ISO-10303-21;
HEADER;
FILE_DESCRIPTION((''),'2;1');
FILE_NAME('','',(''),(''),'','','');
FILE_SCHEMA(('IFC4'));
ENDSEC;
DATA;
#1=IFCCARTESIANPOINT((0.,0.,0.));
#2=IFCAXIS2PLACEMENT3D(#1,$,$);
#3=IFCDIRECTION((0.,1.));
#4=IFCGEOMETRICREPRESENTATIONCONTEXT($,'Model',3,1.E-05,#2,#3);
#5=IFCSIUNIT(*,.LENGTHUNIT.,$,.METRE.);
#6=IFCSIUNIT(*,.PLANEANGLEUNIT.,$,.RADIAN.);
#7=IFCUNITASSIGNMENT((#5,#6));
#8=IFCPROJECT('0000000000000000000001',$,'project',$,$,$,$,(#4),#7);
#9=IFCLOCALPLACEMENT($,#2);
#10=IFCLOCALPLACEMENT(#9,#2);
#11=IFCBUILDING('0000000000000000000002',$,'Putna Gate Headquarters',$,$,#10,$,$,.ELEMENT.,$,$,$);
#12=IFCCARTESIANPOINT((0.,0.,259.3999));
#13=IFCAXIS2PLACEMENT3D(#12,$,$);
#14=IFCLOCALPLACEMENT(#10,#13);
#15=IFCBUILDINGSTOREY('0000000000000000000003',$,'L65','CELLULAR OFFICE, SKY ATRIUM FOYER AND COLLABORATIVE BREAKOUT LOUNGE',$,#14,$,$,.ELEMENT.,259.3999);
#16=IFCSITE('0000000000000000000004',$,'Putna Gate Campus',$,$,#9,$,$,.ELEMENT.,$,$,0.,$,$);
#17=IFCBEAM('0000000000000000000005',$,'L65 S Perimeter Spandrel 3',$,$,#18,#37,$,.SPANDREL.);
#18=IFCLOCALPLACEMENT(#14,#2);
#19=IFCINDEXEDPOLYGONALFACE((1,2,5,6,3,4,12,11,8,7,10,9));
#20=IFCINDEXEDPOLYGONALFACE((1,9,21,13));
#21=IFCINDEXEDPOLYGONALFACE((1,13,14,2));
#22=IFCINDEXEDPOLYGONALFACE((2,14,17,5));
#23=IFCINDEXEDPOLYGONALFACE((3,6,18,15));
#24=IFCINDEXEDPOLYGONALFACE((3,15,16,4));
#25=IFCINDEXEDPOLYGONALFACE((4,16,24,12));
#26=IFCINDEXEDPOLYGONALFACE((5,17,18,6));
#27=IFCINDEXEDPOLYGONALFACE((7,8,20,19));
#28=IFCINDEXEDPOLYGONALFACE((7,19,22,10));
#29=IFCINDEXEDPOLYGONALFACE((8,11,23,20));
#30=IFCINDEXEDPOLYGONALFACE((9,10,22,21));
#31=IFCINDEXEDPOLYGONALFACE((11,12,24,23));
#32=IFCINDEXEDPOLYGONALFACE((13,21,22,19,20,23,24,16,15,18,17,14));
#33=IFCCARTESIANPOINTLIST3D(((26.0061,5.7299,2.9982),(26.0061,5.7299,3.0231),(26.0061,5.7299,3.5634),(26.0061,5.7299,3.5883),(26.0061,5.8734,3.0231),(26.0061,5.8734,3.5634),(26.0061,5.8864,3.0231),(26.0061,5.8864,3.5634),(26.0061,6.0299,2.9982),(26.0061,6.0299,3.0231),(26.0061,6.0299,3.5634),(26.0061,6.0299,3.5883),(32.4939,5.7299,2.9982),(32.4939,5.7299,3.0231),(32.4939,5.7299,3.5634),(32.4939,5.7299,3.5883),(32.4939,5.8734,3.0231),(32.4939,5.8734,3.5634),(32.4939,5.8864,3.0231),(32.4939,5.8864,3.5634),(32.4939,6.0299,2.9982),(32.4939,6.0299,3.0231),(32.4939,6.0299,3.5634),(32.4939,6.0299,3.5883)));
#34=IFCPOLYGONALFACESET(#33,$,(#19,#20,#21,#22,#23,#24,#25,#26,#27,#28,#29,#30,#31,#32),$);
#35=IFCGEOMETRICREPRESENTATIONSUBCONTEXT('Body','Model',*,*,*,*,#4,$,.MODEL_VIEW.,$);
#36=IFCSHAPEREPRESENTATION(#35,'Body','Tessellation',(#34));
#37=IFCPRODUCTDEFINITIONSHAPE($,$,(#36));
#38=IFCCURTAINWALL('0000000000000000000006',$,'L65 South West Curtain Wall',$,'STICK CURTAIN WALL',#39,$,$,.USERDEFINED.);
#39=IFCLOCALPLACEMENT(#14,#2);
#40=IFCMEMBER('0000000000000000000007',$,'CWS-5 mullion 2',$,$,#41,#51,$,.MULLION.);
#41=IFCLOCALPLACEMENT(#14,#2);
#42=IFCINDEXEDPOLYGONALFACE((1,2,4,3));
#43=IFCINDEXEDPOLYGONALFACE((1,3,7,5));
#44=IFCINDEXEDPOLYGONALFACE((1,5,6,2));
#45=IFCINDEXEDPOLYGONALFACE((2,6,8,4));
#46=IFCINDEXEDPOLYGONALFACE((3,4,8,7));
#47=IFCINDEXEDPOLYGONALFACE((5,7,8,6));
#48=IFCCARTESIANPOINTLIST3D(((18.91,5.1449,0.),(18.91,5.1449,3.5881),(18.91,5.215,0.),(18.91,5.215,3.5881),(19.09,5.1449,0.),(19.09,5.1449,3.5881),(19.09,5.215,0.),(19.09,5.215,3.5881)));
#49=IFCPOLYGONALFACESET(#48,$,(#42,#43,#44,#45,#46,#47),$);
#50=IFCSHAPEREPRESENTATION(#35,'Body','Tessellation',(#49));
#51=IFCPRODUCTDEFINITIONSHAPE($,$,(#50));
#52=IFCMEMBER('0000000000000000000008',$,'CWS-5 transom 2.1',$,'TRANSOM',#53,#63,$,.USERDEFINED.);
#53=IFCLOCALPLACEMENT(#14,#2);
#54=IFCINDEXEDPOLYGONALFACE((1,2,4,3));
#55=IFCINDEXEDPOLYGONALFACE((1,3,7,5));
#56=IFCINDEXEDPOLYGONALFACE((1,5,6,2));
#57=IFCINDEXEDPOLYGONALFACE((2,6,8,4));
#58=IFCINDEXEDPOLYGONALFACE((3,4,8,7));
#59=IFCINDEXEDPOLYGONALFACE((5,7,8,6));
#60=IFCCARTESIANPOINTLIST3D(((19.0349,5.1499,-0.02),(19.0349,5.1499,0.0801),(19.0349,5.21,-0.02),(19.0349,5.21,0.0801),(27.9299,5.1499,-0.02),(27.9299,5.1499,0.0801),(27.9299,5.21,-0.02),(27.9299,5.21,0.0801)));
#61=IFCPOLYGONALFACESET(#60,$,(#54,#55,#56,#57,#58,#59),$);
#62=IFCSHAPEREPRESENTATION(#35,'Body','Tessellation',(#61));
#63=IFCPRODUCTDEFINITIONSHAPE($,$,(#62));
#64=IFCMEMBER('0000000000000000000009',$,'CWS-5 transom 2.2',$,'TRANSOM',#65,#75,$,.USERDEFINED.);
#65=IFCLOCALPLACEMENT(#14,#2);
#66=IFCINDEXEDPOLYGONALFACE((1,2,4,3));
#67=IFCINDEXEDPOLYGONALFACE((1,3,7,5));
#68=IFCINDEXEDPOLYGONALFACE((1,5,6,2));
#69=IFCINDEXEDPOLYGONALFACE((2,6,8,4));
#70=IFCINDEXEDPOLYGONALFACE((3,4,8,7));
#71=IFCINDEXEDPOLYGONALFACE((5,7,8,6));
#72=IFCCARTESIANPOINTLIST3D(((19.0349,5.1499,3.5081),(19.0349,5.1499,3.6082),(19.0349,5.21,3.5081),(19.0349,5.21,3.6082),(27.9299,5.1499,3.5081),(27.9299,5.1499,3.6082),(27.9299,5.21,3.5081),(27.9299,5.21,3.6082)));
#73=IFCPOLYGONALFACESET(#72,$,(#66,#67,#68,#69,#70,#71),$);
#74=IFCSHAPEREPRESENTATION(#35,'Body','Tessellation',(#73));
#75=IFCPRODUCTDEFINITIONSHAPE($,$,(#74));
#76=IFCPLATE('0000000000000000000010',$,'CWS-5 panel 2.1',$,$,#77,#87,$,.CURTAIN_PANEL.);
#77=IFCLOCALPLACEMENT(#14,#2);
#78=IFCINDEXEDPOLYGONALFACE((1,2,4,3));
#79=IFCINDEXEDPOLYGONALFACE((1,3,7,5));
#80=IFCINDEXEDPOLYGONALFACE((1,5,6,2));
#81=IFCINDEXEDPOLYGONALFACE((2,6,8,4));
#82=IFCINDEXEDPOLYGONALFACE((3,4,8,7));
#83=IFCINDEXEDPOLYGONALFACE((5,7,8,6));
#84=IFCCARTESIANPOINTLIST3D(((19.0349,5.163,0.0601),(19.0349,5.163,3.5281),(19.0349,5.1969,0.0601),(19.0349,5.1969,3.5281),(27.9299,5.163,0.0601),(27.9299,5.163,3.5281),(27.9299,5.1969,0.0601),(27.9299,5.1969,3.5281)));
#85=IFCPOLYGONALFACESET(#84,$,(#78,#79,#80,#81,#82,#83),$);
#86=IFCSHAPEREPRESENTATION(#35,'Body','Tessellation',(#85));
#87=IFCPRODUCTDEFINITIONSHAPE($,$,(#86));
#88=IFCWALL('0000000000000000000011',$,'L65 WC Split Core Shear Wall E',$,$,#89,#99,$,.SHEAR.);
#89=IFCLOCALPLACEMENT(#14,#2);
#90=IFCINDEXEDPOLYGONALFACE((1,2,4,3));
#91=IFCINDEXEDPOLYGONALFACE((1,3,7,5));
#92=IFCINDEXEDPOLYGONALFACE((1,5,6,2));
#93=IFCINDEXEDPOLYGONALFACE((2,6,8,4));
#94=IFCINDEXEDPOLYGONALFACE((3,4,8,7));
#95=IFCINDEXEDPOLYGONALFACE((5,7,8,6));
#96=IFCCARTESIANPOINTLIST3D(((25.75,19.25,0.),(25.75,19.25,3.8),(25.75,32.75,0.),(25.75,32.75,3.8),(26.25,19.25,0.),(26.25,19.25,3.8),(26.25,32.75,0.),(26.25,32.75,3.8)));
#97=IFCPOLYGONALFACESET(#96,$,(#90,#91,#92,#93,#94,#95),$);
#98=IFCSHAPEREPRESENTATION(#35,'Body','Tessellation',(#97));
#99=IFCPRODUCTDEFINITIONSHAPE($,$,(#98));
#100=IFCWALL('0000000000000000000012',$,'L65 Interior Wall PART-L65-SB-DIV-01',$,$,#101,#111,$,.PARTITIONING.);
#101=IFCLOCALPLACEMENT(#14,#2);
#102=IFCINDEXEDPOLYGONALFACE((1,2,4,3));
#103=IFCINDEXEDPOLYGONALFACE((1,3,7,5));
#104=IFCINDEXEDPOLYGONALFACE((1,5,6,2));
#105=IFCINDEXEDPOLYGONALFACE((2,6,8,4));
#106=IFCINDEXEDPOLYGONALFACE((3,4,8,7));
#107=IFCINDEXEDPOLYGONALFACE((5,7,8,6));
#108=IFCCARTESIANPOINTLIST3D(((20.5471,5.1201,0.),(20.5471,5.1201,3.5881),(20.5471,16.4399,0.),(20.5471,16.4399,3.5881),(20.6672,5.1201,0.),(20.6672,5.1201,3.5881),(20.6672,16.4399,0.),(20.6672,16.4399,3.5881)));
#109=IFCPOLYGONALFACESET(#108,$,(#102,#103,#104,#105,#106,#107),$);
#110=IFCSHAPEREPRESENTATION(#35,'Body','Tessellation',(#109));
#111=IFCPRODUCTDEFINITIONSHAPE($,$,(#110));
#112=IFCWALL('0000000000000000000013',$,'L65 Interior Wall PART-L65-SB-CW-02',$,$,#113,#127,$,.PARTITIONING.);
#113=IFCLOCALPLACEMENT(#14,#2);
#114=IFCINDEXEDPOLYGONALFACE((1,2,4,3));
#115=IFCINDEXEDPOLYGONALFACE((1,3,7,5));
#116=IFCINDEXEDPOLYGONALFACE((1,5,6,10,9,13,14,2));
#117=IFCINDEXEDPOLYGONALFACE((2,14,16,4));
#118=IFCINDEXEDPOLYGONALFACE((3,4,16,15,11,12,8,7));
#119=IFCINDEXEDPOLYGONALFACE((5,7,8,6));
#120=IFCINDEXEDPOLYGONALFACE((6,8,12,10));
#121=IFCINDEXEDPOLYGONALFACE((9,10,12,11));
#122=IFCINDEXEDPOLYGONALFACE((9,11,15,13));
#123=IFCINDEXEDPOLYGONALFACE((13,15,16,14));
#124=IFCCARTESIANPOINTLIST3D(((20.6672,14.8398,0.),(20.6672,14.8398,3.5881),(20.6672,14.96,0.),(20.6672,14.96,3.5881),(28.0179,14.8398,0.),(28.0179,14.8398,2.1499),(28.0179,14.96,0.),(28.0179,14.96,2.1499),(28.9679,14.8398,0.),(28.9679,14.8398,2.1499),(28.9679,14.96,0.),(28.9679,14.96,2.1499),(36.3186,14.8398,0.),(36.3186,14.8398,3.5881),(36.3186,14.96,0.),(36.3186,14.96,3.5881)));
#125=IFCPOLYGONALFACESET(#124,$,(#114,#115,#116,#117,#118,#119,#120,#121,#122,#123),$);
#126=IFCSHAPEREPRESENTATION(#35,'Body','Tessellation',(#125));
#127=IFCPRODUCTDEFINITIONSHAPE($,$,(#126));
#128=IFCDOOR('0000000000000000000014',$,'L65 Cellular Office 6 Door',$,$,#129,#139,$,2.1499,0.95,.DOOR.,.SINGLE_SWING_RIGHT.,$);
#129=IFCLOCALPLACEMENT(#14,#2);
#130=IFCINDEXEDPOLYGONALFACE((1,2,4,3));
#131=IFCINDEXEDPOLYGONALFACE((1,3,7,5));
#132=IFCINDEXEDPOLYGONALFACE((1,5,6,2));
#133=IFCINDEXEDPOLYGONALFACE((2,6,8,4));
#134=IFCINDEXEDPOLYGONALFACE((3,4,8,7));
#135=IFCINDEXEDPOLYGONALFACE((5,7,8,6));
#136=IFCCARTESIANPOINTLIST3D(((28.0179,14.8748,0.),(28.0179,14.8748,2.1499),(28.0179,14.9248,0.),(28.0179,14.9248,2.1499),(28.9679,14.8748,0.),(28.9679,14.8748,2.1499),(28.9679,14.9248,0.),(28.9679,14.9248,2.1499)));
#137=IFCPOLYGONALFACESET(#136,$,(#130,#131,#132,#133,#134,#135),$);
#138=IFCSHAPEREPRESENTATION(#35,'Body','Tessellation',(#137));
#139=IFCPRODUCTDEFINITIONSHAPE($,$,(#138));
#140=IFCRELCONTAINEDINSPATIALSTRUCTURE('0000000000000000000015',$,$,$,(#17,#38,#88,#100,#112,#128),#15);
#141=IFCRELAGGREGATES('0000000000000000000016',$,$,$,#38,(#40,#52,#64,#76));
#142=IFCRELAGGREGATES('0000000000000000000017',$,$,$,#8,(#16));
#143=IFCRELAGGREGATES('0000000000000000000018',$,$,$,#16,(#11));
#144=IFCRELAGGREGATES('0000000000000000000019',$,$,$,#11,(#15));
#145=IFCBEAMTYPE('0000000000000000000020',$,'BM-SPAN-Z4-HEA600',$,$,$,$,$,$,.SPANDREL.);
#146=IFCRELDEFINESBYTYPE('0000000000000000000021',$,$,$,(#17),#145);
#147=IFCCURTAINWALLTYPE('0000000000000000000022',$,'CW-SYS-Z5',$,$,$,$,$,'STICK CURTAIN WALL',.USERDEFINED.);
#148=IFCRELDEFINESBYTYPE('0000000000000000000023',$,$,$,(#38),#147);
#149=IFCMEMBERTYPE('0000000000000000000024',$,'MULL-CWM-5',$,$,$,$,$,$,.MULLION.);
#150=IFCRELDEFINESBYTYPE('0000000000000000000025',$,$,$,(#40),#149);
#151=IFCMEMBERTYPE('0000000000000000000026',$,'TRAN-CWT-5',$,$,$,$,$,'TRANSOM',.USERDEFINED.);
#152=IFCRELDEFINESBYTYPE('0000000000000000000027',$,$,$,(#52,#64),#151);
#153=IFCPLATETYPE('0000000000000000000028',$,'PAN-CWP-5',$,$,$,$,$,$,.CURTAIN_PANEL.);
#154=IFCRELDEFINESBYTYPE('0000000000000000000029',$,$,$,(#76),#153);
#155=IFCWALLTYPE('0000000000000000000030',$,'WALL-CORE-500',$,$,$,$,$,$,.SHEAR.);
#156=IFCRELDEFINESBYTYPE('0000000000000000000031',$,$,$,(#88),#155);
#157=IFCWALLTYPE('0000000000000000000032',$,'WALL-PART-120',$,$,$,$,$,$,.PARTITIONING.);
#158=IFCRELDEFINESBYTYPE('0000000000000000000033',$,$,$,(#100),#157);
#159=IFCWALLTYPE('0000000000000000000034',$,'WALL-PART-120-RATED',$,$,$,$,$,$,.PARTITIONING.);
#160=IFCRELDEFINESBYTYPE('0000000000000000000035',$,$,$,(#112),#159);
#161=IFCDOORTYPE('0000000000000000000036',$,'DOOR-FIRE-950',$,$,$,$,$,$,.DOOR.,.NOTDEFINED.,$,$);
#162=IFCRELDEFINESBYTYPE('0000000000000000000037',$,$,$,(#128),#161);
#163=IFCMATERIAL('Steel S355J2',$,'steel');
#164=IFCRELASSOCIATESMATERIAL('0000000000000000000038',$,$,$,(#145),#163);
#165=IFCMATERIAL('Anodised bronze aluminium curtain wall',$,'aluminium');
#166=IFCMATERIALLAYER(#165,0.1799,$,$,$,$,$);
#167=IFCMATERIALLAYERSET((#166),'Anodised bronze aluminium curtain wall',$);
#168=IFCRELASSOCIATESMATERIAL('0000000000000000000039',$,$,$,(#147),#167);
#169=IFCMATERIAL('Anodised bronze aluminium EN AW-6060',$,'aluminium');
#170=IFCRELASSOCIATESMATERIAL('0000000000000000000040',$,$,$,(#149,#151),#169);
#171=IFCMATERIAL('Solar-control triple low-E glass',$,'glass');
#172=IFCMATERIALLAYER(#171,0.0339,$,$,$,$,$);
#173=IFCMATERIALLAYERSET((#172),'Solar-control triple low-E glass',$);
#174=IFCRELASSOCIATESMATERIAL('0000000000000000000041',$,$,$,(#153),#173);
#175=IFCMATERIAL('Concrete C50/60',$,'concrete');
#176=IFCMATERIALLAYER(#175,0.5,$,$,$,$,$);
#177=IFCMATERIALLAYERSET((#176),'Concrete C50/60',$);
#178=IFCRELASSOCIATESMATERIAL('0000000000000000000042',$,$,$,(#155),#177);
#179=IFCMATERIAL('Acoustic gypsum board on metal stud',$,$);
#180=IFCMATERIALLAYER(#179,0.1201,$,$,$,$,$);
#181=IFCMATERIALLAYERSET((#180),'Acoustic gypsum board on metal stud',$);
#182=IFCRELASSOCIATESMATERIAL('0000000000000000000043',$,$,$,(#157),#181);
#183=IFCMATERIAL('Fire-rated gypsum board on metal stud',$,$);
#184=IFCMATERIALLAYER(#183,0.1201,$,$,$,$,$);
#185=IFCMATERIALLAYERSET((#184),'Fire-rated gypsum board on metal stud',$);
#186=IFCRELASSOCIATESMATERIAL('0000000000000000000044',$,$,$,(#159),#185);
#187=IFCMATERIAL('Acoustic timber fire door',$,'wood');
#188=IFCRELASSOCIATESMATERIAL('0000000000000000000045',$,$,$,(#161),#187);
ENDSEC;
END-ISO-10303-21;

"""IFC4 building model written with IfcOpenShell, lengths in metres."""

from ifc_helpers import new_model, si_unit, direction, frame, frame_2d, origin, origin_2d, place, context, subcontext, project, spatial, rectangle, i_section, extrude, material, layer, layer_set, material_profile, profile_set, type_object, element, fill, aggregate, save


model = new_model("IFC4")

# Units and contexts
model_context = context("Model", 3, precision=1e-05, world=origin(), true_north=direction((0.0, 1.0)))
body_context = subcontext(model_context, "Body", "Model", "MODEL_VIEW")
ifc_project = project(units=[si_unit("LENGTHUNIT", "METRE"), si_unit("PLANEANGLEUNIT", "RADIAN")], contexts=[model_context])

# Site, building, storey
site_placement = place(None, origin())
site = spatial("IfcSite", under=ifc_project, at=site_placement, Name="Putna Gate Campus", CompositionType="ELEMENT", RefElevation=0.0)
building_placement = place(site_placement, origin())
building = spatial("IfcBuilding", under=site, at=building_placement, Name="Putna Gate Headquarters", CompositionType="ELEMENT")
storey_placement = place(building_placement, frame((0.0, 0.0, 259.3999)))
storey = spatial("IfcBuildingStorey", under=building, at=storey_placement, Name="L65", Description="CELLULAR OFFICE, SKY ATRIUM FOYER AND COLLABORATIVE BREAKOUT LOUNGE", CompositionType="ELEMENT", Elevation=259.3999)

# Beam
ifc_material_1 = material(Name="Steel S355J2", Category="steel")
ifc_material_profile_1 = material_profile(ifc_material_1, i_section(OverallWidth=0.3, OverallDepth=0.5901, WebThickness=0.0129, FlangeThickness=0.0249, at=origin_2d()), Name="Steel S355J2")
ifc_profile_set_1 = profile_set([ifc_material_profile_1], Name="Steel S355J2")
beam_type_1 = type_object("IfcBeamType", Name="BM-SPAN-Z4-HEA600", PredefinedType="SPANDREL", material=ifc_profile_set_1)
for number, where, z_axis, x_axis, name in (
    (1, (26.0061, 5.8799, 3.2932), (1.0, 0.0, 0.0), (0.0, 1.0, 0.0), "L65 S Perimeter Spandrel 3"),
):
    element("IfcBeam", number, at=place(storey_placement, frame(where, z_axis=z_axis, x_axis=x_axis)), inside=storey, type_object=beam_type_1, Name=name, PredefinedType="SPANDREL", context=body_context, shape_type="SweptSolid", body=[
        extrude(i_section(OverallWidth=0.3, OverallDepth=0.5901, WebThickness=0.0129, FlangeThickness=0.0249, at=origin_2d()), origin(), (0.0, 0.0, 1.0), 6.4878),
    ])

# Curtain wall, members, plate
ifc_material_2 = material(Name="Anodised bronze aluminium curtain wall", Category="aluminium")
ifc_layer_1 = layer(ifc_material_2, 0.1799)
ifc_layer_set_1 = layer_set([ifc_layer_1], Name="Anodised bronze aluminium curtain wall")
curtain_wall_type = type_object("IfcCurtainWallType", Name="CW-SYS-Z5", ElementType="STICK CURTAIN WALL", PredefinedType="USERDEFINED", material=ifc_layer_set_1)
curtain_wall_placement = place(storey_placement, origin())
curtain_wall = element("IfcCurtainWall", 2, at=curtain_wall_placement, inside=storey, type_object=curtain_wall_type, Name="L65 South West Curtain Wall", ObjectType="STICK CURTAIN WALL", PredefinedType="USERDEFINED")
ifc_material_3 = material(Name="Anodised bronze aluminium EN AW-6060", Category="aluminium")
ifc_material_profile_2 = material_profile(ifc_material_3, rectangle(XDim=0.0701, YDim=0.1799, at=origin_2d()), Name="Anodised bronze aluminium EN AW-6060")
ifc_profile_set_2 = profile_set([ifc_material_profile_2], Name="Anodised bronze aluminium EN AW-6060")
member_type_1 = type_object("IfcMemberType", Name="MULL-CWM-5", PredefinedType="MULLION", material=ifc_profile_set_2)
member_1_placement = place(storey_placement, frame((19.0, 5.1799, 0.0), z_axis=(0.0, 0.0, 1.0), x_axis=(0.0, 1.0, 0.0)))
member_1 = element("IfcMember", 3, at=member_1_placement, type_object=member_type_1, Name="CWS-5 mullion 2", PredefinedType="MULLION", context=body_context, shape_type="SweptSolid", body=[
    extrude(rectangle(XDim=0.0701, YDim=0.1799, at=origin_2d()), origin(), (0.0, 0.0, 1.0), 3.5881),
])
ifc_material_profile_3 = material_profile(ifc_material_3, rectangle(XDim=0.0601, YDim=0.1001, at=origin_2d()), Name="Anodised bronze aluminium EN AW-6060")
ifc_profile_set_3 = profile_set([ifc_material_profile_3], Name="Anodised bronze aluminium EN AW-6060")
member_type_2 = type_object("IfcMemberType", Name="TRAN-CWT-5", ElementType="TRANSOM", PredefinedType="USERDEFINED", material=ifc_profile_set_3)
member_2_placement = place(storey_placement, frame((19.0349, 5.1799, 0.03), z_axis=(1.0, 0.0, 0.0), x_axis=(0.0, 1.0, 0.0)))
member_2 = element("IfcMember", 4, at=member_2_placement, type_object=member_type_2, Name="CWS-5 transom 2.1", ObjectType="TRANSOM", PredefinedType="USERDEFINED", context=body_context, shape_type="SweptSolid", body=[
    extrude(rectangle(XDim=0.0601, YDim=0.1001, at=origin_2d()), origin(), (0.0, 0.0, 1.0), 8.895),
])
member_3_placement = place(storey_placement, frame((19.0349, 5.1799, 3.5581), z_axis=(1.0, 0.0, 0.0), x_axis=(0.0, 1.0, 0.0)))
member_3 = element("IfcMember", 5, at=member_3_placement, type_object=member_type_2, Name="CWS-5 transom 2.2", ObjectType="TRANSOM", PredefinedType="USERDEFINED", context=body_context, shape_type="SweptSolid", body=[
    extrude(rectangle(XDim=0.0601, YDim=0.1001, at=origin_2d()), origin(), (0.0, 0.0, 1.0), 8.895),
])
ifc_material_4 = material(Name="Solar-control triple low-E glass", Category="glass")
ifc_layer_2 = layer(ifc_material_4, 0.0339)
ifc_layer_set_2 = layer_set([ifc_layer_2], Name="Solar-control triple low-E glass")
plate_type = type_object("IfcPlateType", Name="PAN-CWP-5", PredefinedType="CURTAIN_PANEL", material=ifc_layer_set_2)
plate_placement = place(storey_placement, frame((23.4824, 5.1799, 0.0601), z_axis=(0.0, 0.0, 1.0), x_axis=(1.0, 0.0, 0.0)))
plate = element("IfcPlate", 6, at=plate_placement, type_object=plate_type, Name="CWS-5 panel 2.1", PredefinedType="CURTAIN_PANEL", context=body_context, shape_type="SweptSolid", body=[
    extrude(rectangle(XDim=8.895, YDim=0.0339, at=origin_2d()), origin(), (0.0, 0.0, 1.0), 3.468),
])
aggregate(curtain_wall, [member_1, member_2, member_3, plate])

# Walls
ifc_material_5 = material(Name="Concrete C50/60", Category="concrete")
ifc_layer_3 = layer(ifc_material_5, 0.5)
ifc_layer_set_3 = layer_set([ifc_layer_3], Name="Concrete C50/60")
wall_type_1 = type_object("IfcWallType", Name="WALL-CORE-500", PredefinedType="SHEAR", material=ifc_layer_set_3)
wall_1_placement = place(storey_placement, frame((26.0, 19.25, 0.0), z_axis=(0.0, 0.0, 1.0), x_axis=(0.0, 1.0, 0.0)))
element("IfcWall", 7, at=wall_1_placement, inside=storey, type_object=wall_type_1, Name="L65 WC Split Core Shear Wall E", PredefinedType="SHEAR", context=body_context, shape_type="SweptSolid", body=[
    extrude(rectangle(XDim=13.5, YDim=0.5, at=frame_2d((6.75, 0.0))), origin(), (0.0, 0.0, 1.0), 3.8),
])
ifc_material_6 = material(Name="Acoustic gypsum board on metal stud")
ifc_layer_4 = layer(ifc_material_6, 0.1201)
ifc_layer_set_4 = layer_set([ifc_layer_4], Name="Acoustic gypsum board on metal stud")
wall_type_2 = type_object("IfcWallType", Name="WALL-PART-120", PredefinedType="PARTITIONING", material=ifc_layer_set_4)
wall_2_placement = place(storey_placement, frame((20.6072, 5.1201, 0.0), z_axis=(0.0, 0.0, 1.0), x_axis=(0.0, 1.0, 0.0)))
element("IfcWall", 8, at=wall_2_placement, inside=storey, type_object=wall_type_2, Name="L65 Interior Wall PART-L65-SB-DIV-01", PredefinedType="PARTITIONING", context=body_context, shape_type="SweptSolid", body=[
    extrude(rectangle(XDim=11.3198, YDim=0.1201, at=frame_2d((5.6599, 0.0))), origin(), (0.0, 0.0, 1.0), 3.5881),
])

# Wall, opening, door
ifc_material_7 = material(Name="Fire-rated gypsum board on metal stud")
ifc_layer_5 = layer(ifc_material_7, 0.1201)
ifc_layer_set_5 = layer_set([ifc_layer_5], Name="Fire-rated gypsum board on metal stud")
wall_type_3 = type_object("IfcWallType", Name="WALL-PART-120-RATED", PredefinedType="PARTITIONING", material=ifc_layer_set_5)
wall_3_placement = place(storey_placement, frame((20.6672, 14.8999, 0.0), z_axis=(0.0, 0.0, 1.0), x_axis=(1.0, 0.0, 0.0)))
wall_3 = element("IfcWall", 9, at=wall_3_placement, inside=storey, type_object=wall_type_3, Name="L65 Interior Wall PART-L65-SB-CW-02", PredefinedType="PARTITIONING", context=body_context, shape_type="SweptSolid", body=[
    extrude(rectangle(XDim=15.6514, YDim=0.1201, at=frame_2d((7.8257, 0.0))), origin(), (0.0, 0.0, 1.0), 3.5881),
])
opening_1_placement = place(wall_3_placement, frame((7.3506, 0.0, 0.0)))
opening_1 = element("IfcOpeningElement", 10, at=opening_1_placement, cuts=wall_3, PredefinedType="OPENING", context=body_context, shape_type="SweptSolid", body=[
    extrude(rectangle(XDim=0.95, YDim=2.1499, at=frame_2d((0.4751, 1.075))), frame((0.0, 0.0701, 0.0), z_axis=(0.0, -1.0, 0.0), x_axis=(1.0, 0.0, 0.0)), (0.0, 0.0, 1.0), 0.1401),
])
ifc_material_8 = material(Name="Acoustic timber fire door", Category="wood")
door_type_1 = type_object("IfcDoorType", Name="DOOR-FIRE-950", OperationType="NOTDEFINED", PredefinedType="DOOR", material=ifc_material_8)
door_1_placement = place(opening_1_placement, origin())
door_1 = element("IfcDoor", 11, at=door_1_placement, inside=storey, type_object=door_type_1, Name="L65 Cellular Office 6 Door", OperationType="SINGLE_SWING_RIGHT", OverallHeight=2.1499, OverallWidth=0.95, PredefinedType="DOOR", context=body_context, shape_type="SweptSolid", body=[
    extrude(rectangle(XDim=0.95, YDim=2.1499, at=frame_2d((0.4751, 1.075))), frame((0.0, 0.0249, 0.0), z_axis=(0.0, -1.0, 0.0), x_axis=(1.0, 0.0, 0.0)), (0.0, 0.0, 1.0), 0.05),
])
fill(opening_1, door_1)

save(model, "model.ifc")
